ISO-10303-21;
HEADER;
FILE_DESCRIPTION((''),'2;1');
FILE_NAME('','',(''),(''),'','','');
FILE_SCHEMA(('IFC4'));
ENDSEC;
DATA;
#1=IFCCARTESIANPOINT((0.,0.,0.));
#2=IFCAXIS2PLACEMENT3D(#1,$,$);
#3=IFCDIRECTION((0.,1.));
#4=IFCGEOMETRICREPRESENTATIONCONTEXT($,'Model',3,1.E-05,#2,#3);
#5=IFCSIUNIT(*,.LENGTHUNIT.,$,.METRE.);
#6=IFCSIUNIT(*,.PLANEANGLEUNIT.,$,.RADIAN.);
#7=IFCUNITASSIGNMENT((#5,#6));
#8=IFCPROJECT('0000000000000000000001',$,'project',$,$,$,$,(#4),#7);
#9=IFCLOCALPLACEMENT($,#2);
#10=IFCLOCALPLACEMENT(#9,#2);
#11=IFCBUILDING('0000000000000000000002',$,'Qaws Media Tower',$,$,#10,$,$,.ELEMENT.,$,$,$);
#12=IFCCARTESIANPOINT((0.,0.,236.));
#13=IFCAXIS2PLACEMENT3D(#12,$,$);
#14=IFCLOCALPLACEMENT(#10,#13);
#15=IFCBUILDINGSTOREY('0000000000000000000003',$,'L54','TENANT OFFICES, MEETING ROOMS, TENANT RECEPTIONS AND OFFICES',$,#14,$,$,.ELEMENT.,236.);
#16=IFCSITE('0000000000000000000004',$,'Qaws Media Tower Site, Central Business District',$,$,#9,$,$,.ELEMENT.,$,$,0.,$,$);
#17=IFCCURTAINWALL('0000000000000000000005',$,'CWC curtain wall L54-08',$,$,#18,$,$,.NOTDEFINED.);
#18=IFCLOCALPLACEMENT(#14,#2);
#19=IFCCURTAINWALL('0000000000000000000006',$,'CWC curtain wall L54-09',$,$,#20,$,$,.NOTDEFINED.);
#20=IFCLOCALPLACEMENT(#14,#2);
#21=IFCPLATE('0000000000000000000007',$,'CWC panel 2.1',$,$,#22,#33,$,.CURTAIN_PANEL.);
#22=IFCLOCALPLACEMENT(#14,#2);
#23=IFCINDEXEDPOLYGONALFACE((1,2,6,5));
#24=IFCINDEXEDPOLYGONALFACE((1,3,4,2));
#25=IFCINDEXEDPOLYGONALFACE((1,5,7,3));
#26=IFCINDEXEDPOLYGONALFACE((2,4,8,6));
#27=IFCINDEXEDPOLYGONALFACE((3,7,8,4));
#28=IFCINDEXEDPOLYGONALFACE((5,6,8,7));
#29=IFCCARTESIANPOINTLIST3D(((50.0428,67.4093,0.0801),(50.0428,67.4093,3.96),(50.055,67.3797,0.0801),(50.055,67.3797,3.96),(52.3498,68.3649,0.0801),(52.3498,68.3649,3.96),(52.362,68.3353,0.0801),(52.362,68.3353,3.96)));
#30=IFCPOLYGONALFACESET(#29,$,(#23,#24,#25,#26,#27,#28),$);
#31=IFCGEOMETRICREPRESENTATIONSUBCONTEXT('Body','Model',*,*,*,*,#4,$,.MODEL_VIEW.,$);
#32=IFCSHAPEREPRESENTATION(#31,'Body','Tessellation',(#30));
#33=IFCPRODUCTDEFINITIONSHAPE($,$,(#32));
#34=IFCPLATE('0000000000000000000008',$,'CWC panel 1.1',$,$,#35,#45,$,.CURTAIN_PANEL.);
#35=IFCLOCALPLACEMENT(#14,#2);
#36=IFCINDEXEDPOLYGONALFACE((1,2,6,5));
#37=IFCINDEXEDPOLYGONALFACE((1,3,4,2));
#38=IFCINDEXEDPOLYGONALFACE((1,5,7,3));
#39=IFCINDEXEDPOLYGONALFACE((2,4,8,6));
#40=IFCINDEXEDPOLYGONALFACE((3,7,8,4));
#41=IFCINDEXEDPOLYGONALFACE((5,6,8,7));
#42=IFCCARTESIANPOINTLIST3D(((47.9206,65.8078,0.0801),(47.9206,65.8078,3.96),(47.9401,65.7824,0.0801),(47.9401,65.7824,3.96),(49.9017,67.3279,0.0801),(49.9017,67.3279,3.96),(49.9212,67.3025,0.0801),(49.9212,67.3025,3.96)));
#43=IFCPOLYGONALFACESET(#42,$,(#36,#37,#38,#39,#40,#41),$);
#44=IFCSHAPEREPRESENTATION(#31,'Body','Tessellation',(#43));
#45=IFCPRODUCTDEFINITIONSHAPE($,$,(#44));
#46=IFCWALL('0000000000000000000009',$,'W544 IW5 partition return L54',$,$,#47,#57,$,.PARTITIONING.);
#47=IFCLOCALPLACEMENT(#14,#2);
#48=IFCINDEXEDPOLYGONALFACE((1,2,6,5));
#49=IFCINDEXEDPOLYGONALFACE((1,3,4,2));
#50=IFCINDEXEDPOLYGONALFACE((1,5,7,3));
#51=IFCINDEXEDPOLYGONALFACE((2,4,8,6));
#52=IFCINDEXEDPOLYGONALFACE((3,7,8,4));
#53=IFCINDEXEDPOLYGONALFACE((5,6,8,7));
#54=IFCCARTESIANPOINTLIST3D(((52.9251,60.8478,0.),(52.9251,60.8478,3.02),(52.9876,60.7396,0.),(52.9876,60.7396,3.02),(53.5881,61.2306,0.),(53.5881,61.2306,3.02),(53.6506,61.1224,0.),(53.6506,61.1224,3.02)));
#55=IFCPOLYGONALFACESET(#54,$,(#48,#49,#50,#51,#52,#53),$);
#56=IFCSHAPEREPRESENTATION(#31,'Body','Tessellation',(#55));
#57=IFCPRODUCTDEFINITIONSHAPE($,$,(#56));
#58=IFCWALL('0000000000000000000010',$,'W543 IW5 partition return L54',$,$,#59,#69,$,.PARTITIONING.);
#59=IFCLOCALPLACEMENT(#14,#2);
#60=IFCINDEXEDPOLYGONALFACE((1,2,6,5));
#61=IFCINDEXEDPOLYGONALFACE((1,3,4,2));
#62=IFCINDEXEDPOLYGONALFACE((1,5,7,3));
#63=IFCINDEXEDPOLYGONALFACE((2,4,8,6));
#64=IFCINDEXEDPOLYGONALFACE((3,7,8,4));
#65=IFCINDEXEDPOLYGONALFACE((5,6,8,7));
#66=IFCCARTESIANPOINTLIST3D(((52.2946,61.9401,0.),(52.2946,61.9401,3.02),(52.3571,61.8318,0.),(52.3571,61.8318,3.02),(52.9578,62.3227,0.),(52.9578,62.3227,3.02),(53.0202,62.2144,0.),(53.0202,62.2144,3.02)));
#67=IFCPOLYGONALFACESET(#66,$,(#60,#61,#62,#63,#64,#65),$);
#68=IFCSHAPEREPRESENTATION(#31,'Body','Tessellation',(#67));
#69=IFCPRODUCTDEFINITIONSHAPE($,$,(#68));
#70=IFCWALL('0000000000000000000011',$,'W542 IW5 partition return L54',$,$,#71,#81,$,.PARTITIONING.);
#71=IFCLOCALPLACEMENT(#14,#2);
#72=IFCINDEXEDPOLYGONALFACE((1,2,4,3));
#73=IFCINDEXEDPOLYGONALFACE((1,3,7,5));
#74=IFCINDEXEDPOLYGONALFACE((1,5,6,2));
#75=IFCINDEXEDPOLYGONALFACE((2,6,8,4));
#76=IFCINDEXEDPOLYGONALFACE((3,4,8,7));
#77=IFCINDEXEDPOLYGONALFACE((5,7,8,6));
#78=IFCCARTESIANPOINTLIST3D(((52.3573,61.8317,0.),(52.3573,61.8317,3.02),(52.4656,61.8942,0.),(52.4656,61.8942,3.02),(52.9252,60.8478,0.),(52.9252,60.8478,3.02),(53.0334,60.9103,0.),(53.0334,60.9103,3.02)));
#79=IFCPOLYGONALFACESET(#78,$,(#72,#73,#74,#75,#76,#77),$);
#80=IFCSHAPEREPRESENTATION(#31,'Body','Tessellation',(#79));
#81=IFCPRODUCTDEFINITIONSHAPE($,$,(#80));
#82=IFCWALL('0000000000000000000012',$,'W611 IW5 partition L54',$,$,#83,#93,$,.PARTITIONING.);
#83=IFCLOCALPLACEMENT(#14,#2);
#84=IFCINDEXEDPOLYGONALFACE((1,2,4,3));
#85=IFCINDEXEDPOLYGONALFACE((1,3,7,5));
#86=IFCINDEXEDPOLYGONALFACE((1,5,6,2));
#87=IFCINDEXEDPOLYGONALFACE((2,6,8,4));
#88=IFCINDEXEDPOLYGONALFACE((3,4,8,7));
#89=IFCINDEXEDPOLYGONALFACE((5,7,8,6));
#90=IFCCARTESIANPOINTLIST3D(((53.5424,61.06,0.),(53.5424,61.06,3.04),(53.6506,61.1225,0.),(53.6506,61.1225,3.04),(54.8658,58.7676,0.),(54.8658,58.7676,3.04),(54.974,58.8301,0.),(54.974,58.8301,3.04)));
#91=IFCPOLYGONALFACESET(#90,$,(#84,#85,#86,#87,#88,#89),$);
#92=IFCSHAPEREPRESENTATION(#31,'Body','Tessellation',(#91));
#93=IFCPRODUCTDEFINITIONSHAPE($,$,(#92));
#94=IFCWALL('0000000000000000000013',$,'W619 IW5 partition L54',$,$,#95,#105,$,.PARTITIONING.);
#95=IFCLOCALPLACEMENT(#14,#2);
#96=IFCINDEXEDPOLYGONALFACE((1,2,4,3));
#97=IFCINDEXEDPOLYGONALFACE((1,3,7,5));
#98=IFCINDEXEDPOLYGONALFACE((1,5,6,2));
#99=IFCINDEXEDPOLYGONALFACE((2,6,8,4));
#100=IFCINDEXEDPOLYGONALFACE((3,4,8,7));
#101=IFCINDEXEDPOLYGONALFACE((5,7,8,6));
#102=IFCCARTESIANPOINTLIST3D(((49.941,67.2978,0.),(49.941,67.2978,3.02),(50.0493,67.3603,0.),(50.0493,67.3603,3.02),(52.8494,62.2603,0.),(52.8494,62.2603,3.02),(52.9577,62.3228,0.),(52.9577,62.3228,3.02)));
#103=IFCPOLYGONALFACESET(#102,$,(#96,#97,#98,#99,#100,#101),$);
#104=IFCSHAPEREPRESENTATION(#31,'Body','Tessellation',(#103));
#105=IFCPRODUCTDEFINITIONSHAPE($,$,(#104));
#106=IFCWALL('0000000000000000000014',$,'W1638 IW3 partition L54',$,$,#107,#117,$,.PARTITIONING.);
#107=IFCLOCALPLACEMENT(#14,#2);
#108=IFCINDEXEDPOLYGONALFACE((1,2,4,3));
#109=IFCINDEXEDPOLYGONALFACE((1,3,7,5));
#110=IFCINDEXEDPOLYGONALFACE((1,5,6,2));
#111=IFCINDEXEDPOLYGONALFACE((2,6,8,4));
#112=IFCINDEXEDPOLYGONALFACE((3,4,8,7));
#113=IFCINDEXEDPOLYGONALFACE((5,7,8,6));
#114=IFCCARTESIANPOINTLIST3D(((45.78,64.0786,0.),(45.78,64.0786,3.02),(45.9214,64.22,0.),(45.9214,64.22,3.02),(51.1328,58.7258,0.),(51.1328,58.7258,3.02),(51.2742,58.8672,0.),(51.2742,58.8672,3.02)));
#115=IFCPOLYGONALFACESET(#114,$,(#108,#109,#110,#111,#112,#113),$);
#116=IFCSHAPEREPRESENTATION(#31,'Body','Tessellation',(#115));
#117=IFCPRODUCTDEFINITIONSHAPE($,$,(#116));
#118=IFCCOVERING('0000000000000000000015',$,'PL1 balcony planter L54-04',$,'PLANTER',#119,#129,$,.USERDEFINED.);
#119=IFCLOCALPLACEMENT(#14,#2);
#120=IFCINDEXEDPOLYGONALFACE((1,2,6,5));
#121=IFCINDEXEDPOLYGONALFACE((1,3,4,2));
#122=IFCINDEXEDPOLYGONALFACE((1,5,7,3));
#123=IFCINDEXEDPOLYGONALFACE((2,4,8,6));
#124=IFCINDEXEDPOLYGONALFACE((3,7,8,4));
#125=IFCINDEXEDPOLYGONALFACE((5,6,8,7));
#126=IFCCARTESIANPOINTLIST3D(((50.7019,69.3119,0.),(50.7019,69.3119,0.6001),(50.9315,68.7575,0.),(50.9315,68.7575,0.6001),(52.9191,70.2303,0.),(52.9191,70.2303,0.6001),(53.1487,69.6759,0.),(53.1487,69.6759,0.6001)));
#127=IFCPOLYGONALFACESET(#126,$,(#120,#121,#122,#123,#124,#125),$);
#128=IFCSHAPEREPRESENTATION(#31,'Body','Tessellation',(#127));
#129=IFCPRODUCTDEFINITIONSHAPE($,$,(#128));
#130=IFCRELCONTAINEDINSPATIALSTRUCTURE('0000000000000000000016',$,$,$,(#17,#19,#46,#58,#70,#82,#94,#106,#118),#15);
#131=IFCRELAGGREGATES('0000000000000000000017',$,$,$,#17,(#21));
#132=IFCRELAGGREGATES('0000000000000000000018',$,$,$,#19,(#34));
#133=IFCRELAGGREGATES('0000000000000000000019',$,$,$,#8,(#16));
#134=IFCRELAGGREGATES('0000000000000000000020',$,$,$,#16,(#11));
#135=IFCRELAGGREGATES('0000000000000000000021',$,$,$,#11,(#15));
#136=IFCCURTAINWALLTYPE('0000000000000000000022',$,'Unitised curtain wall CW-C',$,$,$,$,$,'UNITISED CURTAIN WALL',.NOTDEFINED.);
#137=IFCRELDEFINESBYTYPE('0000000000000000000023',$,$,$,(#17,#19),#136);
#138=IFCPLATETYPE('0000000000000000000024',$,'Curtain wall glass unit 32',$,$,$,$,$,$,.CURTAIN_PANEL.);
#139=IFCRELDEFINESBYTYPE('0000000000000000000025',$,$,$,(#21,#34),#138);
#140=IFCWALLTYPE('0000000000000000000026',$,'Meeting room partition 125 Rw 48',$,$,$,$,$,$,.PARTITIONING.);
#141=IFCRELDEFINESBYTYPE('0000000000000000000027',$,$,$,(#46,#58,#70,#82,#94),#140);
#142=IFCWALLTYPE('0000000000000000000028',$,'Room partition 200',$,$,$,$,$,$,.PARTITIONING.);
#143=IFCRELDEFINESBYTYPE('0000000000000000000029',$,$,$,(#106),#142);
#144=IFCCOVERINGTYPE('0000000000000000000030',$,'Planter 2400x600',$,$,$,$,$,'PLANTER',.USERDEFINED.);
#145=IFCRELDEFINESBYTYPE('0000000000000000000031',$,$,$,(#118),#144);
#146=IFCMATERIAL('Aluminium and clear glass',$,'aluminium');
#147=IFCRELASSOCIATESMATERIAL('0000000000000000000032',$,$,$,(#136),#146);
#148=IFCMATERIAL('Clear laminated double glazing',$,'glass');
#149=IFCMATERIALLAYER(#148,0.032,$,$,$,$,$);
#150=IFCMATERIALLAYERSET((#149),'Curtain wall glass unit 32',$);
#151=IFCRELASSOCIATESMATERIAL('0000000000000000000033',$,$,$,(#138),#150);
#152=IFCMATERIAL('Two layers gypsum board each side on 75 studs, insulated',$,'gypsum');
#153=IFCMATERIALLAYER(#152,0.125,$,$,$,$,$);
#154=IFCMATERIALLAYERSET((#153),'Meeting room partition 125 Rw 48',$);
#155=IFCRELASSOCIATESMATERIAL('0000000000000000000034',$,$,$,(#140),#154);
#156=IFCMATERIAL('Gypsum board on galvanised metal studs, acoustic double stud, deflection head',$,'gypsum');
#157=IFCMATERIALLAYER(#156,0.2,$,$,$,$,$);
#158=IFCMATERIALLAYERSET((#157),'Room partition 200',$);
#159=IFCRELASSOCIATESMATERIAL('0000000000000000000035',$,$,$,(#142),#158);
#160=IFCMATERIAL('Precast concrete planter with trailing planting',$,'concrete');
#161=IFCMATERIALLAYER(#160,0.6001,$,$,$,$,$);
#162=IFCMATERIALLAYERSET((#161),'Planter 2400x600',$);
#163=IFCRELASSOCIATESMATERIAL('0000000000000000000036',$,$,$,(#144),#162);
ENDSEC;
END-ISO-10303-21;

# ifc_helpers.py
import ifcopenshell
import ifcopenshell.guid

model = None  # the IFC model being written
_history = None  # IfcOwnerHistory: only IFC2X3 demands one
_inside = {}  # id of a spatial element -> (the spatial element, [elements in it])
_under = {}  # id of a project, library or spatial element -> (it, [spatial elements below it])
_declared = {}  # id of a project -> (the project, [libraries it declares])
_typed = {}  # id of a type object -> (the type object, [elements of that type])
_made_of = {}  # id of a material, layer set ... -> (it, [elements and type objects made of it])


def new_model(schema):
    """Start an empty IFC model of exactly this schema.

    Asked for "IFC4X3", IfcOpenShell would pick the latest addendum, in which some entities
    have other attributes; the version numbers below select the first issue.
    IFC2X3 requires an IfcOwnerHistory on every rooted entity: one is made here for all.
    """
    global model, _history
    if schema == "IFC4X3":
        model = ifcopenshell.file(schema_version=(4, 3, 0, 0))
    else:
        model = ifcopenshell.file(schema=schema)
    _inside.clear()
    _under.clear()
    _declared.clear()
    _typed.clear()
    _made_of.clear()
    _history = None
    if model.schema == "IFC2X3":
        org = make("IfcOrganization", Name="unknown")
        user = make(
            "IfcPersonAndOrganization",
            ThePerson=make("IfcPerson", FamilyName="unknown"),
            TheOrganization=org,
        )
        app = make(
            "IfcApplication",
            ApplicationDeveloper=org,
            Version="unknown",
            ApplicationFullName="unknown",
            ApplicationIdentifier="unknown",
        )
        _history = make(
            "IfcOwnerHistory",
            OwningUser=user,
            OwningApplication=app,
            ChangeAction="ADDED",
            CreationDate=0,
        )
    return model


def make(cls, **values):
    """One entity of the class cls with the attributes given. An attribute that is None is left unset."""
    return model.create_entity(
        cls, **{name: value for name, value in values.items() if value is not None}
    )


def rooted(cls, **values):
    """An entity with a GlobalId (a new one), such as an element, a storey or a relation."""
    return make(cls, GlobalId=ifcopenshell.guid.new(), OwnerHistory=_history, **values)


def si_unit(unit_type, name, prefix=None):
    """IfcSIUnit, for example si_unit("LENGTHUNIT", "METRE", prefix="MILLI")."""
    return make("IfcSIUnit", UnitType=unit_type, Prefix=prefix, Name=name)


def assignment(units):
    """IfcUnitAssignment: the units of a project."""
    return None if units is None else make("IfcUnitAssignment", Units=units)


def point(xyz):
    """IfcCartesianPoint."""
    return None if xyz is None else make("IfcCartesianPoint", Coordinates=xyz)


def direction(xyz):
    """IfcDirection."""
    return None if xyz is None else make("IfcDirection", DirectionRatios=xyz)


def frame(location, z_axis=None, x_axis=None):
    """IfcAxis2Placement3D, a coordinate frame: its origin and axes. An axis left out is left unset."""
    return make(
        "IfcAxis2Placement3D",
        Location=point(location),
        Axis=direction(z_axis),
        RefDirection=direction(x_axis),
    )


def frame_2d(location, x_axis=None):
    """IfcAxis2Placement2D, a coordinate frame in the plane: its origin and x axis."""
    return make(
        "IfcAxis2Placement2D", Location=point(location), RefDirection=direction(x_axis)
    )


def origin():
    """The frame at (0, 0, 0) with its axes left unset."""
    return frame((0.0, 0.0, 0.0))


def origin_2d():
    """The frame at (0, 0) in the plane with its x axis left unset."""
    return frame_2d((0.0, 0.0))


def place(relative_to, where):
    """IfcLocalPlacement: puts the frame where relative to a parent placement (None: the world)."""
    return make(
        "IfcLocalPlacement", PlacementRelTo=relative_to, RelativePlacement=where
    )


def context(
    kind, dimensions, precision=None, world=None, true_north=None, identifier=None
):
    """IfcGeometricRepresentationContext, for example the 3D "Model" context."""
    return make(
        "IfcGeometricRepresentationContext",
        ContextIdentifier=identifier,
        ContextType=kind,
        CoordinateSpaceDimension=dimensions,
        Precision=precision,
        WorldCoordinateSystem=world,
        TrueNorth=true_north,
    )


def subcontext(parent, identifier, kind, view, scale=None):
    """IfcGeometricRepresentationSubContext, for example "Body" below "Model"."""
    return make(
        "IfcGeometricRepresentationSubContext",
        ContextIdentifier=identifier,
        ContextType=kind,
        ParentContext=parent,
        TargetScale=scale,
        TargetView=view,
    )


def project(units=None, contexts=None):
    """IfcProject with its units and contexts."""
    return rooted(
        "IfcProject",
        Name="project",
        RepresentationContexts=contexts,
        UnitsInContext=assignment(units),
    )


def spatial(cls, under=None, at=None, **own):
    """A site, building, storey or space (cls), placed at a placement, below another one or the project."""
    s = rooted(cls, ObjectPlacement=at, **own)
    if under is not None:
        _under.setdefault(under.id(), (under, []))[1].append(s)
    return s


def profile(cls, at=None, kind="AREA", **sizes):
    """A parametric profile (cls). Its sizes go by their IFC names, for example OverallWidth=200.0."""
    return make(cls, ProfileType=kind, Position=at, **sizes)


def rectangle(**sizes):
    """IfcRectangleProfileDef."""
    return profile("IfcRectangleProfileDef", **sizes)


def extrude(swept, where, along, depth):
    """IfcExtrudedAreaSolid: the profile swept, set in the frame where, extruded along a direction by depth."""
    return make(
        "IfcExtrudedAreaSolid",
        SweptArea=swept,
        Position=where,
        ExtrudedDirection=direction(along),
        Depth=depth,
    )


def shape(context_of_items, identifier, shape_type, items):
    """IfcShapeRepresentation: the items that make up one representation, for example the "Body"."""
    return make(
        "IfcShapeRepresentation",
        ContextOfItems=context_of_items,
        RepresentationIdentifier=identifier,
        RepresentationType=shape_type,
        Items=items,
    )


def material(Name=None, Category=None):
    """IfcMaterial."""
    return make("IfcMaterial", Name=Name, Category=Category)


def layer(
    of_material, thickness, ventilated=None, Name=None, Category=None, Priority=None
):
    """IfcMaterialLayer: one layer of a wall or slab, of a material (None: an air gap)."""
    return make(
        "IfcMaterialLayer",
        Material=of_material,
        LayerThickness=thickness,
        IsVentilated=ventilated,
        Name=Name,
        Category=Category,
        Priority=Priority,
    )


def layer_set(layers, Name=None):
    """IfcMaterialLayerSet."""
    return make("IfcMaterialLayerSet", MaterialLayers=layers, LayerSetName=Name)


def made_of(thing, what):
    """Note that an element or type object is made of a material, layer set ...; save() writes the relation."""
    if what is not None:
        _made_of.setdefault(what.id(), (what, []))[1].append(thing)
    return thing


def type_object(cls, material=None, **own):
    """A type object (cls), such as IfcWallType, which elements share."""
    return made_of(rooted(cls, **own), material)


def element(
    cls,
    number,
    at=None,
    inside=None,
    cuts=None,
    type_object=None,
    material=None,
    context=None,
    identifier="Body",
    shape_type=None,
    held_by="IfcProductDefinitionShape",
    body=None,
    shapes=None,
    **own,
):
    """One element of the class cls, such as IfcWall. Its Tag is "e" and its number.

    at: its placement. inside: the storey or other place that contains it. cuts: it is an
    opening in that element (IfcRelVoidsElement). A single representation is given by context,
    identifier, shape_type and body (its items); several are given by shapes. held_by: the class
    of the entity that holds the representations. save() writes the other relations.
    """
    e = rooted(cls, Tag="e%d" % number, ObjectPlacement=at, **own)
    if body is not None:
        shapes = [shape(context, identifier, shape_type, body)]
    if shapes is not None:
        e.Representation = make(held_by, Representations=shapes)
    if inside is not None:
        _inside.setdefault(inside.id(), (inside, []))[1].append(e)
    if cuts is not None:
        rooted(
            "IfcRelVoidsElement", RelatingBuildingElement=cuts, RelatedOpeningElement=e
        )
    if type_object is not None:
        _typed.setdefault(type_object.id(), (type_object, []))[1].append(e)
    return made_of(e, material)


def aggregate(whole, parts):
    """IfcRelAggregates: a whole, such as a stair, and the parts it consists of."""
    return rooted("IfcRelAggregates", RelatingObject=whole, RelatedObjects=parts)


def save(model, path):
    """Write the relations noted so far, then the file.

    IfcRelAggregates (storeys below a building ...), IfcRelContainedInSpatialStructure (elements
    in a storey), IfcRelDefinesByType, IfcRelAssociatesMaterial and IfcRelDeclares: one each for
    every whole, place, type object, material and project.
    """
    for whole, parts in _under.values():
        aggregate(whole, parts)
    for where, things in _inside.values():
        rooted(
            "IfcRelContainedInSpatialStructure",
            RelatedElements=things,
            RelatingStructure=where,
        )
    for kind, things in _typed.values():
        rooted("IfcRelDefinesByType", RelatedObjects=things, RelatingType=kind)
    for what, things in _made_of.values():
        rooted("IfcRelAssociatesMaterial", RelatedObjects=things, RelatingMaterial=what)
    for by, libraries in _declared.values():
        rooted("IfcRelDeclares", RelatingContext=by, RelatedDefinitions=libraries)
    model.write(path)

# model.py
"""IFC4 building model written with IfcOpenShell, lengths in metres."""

from ifc_helpers import new_model, si_unit, direction, frame, frame_2d, origin, origin_2d, place, context, subcontext, project, spatial, rectangle, extrude, material, layer, layer_set, type_object, element, aggregate, save


model = new_model("IFC4")

# Units and contexts
model_context = context("Model", 3, precision=1e-05, world=origin(), true_north=direction((0.0, 1.0)))
body_context = subcontext(model_context, "Body", "Model", "MODEL_VIEW")
ifc_project = project(units=[si_unit("LENGTHUNIT", "METRE"), si_unit("PLANEANGLEUNIT", "RADIAN")], contexts=[model_context])

# Site, building, storey
site_placement = place(None, origin())
site = spatial("IfcSite", under=ifc_project, at=site_placement, Name="Qaws Media Tower Site, Central Business District", CompositionType="ELEMENT", RefElevation=0.0)
building_placement = place(site_placement, origin())
building = spatial("IfcBuilding", under=site, at=building_placement, Name="Qaws Media Tower", CompositionType="ELEMENT")
storey_placement = place(building_placement, frame((0.0, 0.0, 236.0)))
storey = spatial("IfcBuildingStorey", under=building, at=storey_placement, Name="L54", Description="TENANT OFFICES, MEETING ROOMS, TENANT RECEPTIONS AND OFFICES", CompositionType="ELEMENT", Elevation=236.0)

# Curtain walls
ifc_material_1 = material(Name="Aluminium and clear glass", Category="aluminium")
curtain_wall_type = type_object("IfcCurtainWallType", Name="Unitised curtain wall CW-C", ElementType="UNITISED CURTAIN WALL", PredefinedType="NOTDEFINED", material=ifc_material_1)
curtain_wall_1_placement = place(storey_placement, origin())
curtain_wall_1 = element("IfcCurtainWall", 1, at=curtain_wall_1_placement, inside=storey, type_object=curtain_wall_type, Name="CWC curtain wall L54-08", PredefinedType="NOTDEFINED")
curtain_wall_2_placement = place(storey_placement, origin())
curtain_wall_2 = element("IfcCurtainWall", 2, at=curtain_wall_2_placement, inside=storey, type_object=curtain_wall_type, Name="CWC curtain wall L54-09", PredefinedType="NOTDEFINED")

# Plates
ifc_material_2 = material(Name="Clear laminated double glazing", Category="glass")
ifc_layer_1 = layer(ifc_material_2, 0.032)
ifc_layer_set_1 = layer_set([ifc_layer_1], Name="Curtain wall glass unit 32")
plate_type = type_object("IfcPlateType", Name="Curtain wall glass unit 32", PredefinedType="CURTAIN_PANEL", material=ifc_layer_set_1)
plate_1_placement = place(storey_placement, frame((51.2024, 67.8723, 0.0801), z_axis=(0.0, 0.0, 1.0), x_axis=(-0.923879, -0.382684, 0.0)))
plate_1 = element("IfcPlate", 3, at=plate_1_placement, type_object=plate_type, Name="CWC panel 2.1", PredefinedType="CURTAIN_PANEL", context=body_context, shape_type="SweptSolid", body=[
    extrude(rectangle(XDim=2.4971, YDim=0.032, at=origin_2d()), origin(), (0.0, 0.0, 1.0), 3.8799),
])
aggregate(curtain_wall_1, [plate_1])
plate_2_placement = place(storey_placement, frame((48.9209, 66.5552, 0.0801), z_axis=(0.0, 0.0, 1.0), x_axis=(-0.793353, -0.608761, 0.0)))
plate_2 = element("IfcPlate", 4, at=plate_2_placement, type_object=plate_type, Name="CWC panel 1.1", PredefinedType="CURTAIN_PANEL", context=body_context, shape_type="SweptSolid", body=[
    extrude(rectangle(XDim=2.4971, YDim=0.032, at=origin_2d()), origin(), (0.0, 0.0, 1.0), 3.8799),
])
aggregate(curtain_wall_2, [plate_2])

# Walls
ifc_material_3 = material(Name="Two layers gypsum board each side on 75 studs, insulated", Category="gypsum")
ifc_layer_2 = layer(ifc_material_3, 0.125)
ifc_layer_set_2 = layer_set([ifc_layer_2], Name="Meeting room partition 125 Rw 48")
wall_type_1 = type_object("IfcWallType", Name="Meeting room partition 125 Rw 48", PredefinedType="PARTITIONING", material=ifc_layer_set_2)
for number, where, z_axis, x_axis, name in (
    (5, (53.6194, 61.1765, 0.0), (0.0, 0.0, 1.0), (-0.866037, -0.49998, 0.0), "W544 IW5 partition return L54"),
    (6, (52.989, 62.2686, 0.0), (0.0, 0.0, 1.0), (-0.866175, -0.499741, 0.0), "W543 IW5 partition return L54"),
):
    element("IfcWall", number, at=place(storey_placement, frame(where, z_axis=z_axis, x_axis=x_axis)), inside=storey, type_object=wall_type_1, Name=name, PredefinedType="PARTITIONING", context=body_context, shape_type="SweptSolid", body=[
        extrude(rectangle(XDim=0.7656, YDim=0.125, at=frame_2d((0.3828, 0.0))), origin(), (0.0, 0.0, 1.0), 3.02),
    ])
wall_1_placement = place(storey_placement, frame((52.9792, 60.8792, 0.0), z_axis=(0.0, 0.0, 1.0), x_axis=(-0.499884, 0.866093, 0.0)))
element("IfcWall", 7, at=wall_1_placement, inside=storey, type_object=wall_type_1, Name="W542 IW5 partition return L54", PredefinedType="PARTITIONING", context=body_context, shape_type="SweptSolid", body=[
    extrude(rectangle(XDim=1.136, YDim=0.125, at=frame_2d((0.5679, 0.0))), origin(), (0.0, 0.0, 1.0), 3.02),
])
wall_2_placement = place(storey_placement, frame((54.9199, 58.7988, 0.0), z_axis=(0.0, 0.0, 1.0), x_axis=(-0.499978, 0.866038, 0.0)))
element("IfcWall", 8, at=wall_2_placement, inside=storey, type_object=wall_type_1, Name="W611 IW5 partition L54", PredefinedType="PARTITIONING", context=body_context, shape_type="SweptSolid", body=[
    extrude(rectangle(XDim=2.647, YDim=0.125, at=frame_2d((1.3235, 0.0))), origin(), (0.0, 0.0, 1.0), 3.04),
])
wall_3_placement = place(storey_placement, frame((52.9036, 62.2915, 0.0), z_axis=(0.0, 0.0, 1.0), x_axis=(-0.499999, 0.866026, 0.0)))
element("IfcWall", 9, at=wall_3_placement, inside=storey, type_object=wall_type_1, Name="W619 IW5 partition L54", PredefinedType="PARTITIONING", context=body_context, shape_type="SweptSolid", body=[
    extrude(rectangle(XDim=5.8169, YDim=0.125, at=frame_2d((2.9084, 0.0))), origin(), (0.0, 0.0, 1.0), 3.02),
])

# Shared definitions
ifc_material_4 = material(Name="Gypsum board on galvanised metal studs, acoustic double stud, deflection head", Category="gypsum")
ifc_layer_3 = layer(ifc_material_4, 0.2)
ifc_layer_set_3 = layer_set([ifc_layer_3], Name="Room partition 200")
wall_type_2 = type_object("IfcWallType", Name="Room partition 200", PredefinedType="PARTITIONING", material=ifc_layer_set_3)

# Wall
wall_4_placement = place(storey_placement, frame((51.2036, 58.7964, 0.0), z_axis=(0.0, 0.0, 1.0), x_axis=(-0.707107, 0.707107, 0.0)))
element("IfcWall", 10, at=wall_4_placement, inside=storey, type_object=wall_type_2, Name="W1638 IW3 partition L54", PredefinedType="PARTITIONING", context=body_context, shape_type="SweptSolid", body=[
    extrude(rectangle(XDim=7.5701, YDim=0.2, at=frame_2d((3.7852, 0.0))), origin(), (0.0, 0.0, 1.0), 3.02),
])

# Covering
ifc_material_5 = material(Name="Precast concrete planter with trailing planting", Category="concrete")
ifc_layer_4 = layer(ifc_material_5, 0.6001)
ifc_layer_set_4 = layer_set([ifc_layer_4], Name="Planter 2400x600")
covering_type = type_object("IfcCoveringType", Name="Planter 2400x600", ElementType="PLANTER", PredefinedType="USERDEFINED", material=ifc_layer_set_4)
covering_placement = place(storey_placement, frame((51.9253, 69.4939, 0.0), z_axis=(0.0, 0.0, 1.0), x_axis=(-0.92388, -0.382683, 0.0)))
element("IfcCovering", 11, at=covering_placement, inside=storey, type_object=covering_type, Name="PL1 balcony planter L54-04", ObjectType="PLANTER", PredefinedType="USERDEFINED", context=body_context, shape_type="SweptSolid", body=[
    extrude(rectangle(XDim=2.3999, YDim=0.6001, at=origin_2d()), origin(), (0.0, 0.0, 1.0), 0.6001),
])

save(model, "model.ifc")
